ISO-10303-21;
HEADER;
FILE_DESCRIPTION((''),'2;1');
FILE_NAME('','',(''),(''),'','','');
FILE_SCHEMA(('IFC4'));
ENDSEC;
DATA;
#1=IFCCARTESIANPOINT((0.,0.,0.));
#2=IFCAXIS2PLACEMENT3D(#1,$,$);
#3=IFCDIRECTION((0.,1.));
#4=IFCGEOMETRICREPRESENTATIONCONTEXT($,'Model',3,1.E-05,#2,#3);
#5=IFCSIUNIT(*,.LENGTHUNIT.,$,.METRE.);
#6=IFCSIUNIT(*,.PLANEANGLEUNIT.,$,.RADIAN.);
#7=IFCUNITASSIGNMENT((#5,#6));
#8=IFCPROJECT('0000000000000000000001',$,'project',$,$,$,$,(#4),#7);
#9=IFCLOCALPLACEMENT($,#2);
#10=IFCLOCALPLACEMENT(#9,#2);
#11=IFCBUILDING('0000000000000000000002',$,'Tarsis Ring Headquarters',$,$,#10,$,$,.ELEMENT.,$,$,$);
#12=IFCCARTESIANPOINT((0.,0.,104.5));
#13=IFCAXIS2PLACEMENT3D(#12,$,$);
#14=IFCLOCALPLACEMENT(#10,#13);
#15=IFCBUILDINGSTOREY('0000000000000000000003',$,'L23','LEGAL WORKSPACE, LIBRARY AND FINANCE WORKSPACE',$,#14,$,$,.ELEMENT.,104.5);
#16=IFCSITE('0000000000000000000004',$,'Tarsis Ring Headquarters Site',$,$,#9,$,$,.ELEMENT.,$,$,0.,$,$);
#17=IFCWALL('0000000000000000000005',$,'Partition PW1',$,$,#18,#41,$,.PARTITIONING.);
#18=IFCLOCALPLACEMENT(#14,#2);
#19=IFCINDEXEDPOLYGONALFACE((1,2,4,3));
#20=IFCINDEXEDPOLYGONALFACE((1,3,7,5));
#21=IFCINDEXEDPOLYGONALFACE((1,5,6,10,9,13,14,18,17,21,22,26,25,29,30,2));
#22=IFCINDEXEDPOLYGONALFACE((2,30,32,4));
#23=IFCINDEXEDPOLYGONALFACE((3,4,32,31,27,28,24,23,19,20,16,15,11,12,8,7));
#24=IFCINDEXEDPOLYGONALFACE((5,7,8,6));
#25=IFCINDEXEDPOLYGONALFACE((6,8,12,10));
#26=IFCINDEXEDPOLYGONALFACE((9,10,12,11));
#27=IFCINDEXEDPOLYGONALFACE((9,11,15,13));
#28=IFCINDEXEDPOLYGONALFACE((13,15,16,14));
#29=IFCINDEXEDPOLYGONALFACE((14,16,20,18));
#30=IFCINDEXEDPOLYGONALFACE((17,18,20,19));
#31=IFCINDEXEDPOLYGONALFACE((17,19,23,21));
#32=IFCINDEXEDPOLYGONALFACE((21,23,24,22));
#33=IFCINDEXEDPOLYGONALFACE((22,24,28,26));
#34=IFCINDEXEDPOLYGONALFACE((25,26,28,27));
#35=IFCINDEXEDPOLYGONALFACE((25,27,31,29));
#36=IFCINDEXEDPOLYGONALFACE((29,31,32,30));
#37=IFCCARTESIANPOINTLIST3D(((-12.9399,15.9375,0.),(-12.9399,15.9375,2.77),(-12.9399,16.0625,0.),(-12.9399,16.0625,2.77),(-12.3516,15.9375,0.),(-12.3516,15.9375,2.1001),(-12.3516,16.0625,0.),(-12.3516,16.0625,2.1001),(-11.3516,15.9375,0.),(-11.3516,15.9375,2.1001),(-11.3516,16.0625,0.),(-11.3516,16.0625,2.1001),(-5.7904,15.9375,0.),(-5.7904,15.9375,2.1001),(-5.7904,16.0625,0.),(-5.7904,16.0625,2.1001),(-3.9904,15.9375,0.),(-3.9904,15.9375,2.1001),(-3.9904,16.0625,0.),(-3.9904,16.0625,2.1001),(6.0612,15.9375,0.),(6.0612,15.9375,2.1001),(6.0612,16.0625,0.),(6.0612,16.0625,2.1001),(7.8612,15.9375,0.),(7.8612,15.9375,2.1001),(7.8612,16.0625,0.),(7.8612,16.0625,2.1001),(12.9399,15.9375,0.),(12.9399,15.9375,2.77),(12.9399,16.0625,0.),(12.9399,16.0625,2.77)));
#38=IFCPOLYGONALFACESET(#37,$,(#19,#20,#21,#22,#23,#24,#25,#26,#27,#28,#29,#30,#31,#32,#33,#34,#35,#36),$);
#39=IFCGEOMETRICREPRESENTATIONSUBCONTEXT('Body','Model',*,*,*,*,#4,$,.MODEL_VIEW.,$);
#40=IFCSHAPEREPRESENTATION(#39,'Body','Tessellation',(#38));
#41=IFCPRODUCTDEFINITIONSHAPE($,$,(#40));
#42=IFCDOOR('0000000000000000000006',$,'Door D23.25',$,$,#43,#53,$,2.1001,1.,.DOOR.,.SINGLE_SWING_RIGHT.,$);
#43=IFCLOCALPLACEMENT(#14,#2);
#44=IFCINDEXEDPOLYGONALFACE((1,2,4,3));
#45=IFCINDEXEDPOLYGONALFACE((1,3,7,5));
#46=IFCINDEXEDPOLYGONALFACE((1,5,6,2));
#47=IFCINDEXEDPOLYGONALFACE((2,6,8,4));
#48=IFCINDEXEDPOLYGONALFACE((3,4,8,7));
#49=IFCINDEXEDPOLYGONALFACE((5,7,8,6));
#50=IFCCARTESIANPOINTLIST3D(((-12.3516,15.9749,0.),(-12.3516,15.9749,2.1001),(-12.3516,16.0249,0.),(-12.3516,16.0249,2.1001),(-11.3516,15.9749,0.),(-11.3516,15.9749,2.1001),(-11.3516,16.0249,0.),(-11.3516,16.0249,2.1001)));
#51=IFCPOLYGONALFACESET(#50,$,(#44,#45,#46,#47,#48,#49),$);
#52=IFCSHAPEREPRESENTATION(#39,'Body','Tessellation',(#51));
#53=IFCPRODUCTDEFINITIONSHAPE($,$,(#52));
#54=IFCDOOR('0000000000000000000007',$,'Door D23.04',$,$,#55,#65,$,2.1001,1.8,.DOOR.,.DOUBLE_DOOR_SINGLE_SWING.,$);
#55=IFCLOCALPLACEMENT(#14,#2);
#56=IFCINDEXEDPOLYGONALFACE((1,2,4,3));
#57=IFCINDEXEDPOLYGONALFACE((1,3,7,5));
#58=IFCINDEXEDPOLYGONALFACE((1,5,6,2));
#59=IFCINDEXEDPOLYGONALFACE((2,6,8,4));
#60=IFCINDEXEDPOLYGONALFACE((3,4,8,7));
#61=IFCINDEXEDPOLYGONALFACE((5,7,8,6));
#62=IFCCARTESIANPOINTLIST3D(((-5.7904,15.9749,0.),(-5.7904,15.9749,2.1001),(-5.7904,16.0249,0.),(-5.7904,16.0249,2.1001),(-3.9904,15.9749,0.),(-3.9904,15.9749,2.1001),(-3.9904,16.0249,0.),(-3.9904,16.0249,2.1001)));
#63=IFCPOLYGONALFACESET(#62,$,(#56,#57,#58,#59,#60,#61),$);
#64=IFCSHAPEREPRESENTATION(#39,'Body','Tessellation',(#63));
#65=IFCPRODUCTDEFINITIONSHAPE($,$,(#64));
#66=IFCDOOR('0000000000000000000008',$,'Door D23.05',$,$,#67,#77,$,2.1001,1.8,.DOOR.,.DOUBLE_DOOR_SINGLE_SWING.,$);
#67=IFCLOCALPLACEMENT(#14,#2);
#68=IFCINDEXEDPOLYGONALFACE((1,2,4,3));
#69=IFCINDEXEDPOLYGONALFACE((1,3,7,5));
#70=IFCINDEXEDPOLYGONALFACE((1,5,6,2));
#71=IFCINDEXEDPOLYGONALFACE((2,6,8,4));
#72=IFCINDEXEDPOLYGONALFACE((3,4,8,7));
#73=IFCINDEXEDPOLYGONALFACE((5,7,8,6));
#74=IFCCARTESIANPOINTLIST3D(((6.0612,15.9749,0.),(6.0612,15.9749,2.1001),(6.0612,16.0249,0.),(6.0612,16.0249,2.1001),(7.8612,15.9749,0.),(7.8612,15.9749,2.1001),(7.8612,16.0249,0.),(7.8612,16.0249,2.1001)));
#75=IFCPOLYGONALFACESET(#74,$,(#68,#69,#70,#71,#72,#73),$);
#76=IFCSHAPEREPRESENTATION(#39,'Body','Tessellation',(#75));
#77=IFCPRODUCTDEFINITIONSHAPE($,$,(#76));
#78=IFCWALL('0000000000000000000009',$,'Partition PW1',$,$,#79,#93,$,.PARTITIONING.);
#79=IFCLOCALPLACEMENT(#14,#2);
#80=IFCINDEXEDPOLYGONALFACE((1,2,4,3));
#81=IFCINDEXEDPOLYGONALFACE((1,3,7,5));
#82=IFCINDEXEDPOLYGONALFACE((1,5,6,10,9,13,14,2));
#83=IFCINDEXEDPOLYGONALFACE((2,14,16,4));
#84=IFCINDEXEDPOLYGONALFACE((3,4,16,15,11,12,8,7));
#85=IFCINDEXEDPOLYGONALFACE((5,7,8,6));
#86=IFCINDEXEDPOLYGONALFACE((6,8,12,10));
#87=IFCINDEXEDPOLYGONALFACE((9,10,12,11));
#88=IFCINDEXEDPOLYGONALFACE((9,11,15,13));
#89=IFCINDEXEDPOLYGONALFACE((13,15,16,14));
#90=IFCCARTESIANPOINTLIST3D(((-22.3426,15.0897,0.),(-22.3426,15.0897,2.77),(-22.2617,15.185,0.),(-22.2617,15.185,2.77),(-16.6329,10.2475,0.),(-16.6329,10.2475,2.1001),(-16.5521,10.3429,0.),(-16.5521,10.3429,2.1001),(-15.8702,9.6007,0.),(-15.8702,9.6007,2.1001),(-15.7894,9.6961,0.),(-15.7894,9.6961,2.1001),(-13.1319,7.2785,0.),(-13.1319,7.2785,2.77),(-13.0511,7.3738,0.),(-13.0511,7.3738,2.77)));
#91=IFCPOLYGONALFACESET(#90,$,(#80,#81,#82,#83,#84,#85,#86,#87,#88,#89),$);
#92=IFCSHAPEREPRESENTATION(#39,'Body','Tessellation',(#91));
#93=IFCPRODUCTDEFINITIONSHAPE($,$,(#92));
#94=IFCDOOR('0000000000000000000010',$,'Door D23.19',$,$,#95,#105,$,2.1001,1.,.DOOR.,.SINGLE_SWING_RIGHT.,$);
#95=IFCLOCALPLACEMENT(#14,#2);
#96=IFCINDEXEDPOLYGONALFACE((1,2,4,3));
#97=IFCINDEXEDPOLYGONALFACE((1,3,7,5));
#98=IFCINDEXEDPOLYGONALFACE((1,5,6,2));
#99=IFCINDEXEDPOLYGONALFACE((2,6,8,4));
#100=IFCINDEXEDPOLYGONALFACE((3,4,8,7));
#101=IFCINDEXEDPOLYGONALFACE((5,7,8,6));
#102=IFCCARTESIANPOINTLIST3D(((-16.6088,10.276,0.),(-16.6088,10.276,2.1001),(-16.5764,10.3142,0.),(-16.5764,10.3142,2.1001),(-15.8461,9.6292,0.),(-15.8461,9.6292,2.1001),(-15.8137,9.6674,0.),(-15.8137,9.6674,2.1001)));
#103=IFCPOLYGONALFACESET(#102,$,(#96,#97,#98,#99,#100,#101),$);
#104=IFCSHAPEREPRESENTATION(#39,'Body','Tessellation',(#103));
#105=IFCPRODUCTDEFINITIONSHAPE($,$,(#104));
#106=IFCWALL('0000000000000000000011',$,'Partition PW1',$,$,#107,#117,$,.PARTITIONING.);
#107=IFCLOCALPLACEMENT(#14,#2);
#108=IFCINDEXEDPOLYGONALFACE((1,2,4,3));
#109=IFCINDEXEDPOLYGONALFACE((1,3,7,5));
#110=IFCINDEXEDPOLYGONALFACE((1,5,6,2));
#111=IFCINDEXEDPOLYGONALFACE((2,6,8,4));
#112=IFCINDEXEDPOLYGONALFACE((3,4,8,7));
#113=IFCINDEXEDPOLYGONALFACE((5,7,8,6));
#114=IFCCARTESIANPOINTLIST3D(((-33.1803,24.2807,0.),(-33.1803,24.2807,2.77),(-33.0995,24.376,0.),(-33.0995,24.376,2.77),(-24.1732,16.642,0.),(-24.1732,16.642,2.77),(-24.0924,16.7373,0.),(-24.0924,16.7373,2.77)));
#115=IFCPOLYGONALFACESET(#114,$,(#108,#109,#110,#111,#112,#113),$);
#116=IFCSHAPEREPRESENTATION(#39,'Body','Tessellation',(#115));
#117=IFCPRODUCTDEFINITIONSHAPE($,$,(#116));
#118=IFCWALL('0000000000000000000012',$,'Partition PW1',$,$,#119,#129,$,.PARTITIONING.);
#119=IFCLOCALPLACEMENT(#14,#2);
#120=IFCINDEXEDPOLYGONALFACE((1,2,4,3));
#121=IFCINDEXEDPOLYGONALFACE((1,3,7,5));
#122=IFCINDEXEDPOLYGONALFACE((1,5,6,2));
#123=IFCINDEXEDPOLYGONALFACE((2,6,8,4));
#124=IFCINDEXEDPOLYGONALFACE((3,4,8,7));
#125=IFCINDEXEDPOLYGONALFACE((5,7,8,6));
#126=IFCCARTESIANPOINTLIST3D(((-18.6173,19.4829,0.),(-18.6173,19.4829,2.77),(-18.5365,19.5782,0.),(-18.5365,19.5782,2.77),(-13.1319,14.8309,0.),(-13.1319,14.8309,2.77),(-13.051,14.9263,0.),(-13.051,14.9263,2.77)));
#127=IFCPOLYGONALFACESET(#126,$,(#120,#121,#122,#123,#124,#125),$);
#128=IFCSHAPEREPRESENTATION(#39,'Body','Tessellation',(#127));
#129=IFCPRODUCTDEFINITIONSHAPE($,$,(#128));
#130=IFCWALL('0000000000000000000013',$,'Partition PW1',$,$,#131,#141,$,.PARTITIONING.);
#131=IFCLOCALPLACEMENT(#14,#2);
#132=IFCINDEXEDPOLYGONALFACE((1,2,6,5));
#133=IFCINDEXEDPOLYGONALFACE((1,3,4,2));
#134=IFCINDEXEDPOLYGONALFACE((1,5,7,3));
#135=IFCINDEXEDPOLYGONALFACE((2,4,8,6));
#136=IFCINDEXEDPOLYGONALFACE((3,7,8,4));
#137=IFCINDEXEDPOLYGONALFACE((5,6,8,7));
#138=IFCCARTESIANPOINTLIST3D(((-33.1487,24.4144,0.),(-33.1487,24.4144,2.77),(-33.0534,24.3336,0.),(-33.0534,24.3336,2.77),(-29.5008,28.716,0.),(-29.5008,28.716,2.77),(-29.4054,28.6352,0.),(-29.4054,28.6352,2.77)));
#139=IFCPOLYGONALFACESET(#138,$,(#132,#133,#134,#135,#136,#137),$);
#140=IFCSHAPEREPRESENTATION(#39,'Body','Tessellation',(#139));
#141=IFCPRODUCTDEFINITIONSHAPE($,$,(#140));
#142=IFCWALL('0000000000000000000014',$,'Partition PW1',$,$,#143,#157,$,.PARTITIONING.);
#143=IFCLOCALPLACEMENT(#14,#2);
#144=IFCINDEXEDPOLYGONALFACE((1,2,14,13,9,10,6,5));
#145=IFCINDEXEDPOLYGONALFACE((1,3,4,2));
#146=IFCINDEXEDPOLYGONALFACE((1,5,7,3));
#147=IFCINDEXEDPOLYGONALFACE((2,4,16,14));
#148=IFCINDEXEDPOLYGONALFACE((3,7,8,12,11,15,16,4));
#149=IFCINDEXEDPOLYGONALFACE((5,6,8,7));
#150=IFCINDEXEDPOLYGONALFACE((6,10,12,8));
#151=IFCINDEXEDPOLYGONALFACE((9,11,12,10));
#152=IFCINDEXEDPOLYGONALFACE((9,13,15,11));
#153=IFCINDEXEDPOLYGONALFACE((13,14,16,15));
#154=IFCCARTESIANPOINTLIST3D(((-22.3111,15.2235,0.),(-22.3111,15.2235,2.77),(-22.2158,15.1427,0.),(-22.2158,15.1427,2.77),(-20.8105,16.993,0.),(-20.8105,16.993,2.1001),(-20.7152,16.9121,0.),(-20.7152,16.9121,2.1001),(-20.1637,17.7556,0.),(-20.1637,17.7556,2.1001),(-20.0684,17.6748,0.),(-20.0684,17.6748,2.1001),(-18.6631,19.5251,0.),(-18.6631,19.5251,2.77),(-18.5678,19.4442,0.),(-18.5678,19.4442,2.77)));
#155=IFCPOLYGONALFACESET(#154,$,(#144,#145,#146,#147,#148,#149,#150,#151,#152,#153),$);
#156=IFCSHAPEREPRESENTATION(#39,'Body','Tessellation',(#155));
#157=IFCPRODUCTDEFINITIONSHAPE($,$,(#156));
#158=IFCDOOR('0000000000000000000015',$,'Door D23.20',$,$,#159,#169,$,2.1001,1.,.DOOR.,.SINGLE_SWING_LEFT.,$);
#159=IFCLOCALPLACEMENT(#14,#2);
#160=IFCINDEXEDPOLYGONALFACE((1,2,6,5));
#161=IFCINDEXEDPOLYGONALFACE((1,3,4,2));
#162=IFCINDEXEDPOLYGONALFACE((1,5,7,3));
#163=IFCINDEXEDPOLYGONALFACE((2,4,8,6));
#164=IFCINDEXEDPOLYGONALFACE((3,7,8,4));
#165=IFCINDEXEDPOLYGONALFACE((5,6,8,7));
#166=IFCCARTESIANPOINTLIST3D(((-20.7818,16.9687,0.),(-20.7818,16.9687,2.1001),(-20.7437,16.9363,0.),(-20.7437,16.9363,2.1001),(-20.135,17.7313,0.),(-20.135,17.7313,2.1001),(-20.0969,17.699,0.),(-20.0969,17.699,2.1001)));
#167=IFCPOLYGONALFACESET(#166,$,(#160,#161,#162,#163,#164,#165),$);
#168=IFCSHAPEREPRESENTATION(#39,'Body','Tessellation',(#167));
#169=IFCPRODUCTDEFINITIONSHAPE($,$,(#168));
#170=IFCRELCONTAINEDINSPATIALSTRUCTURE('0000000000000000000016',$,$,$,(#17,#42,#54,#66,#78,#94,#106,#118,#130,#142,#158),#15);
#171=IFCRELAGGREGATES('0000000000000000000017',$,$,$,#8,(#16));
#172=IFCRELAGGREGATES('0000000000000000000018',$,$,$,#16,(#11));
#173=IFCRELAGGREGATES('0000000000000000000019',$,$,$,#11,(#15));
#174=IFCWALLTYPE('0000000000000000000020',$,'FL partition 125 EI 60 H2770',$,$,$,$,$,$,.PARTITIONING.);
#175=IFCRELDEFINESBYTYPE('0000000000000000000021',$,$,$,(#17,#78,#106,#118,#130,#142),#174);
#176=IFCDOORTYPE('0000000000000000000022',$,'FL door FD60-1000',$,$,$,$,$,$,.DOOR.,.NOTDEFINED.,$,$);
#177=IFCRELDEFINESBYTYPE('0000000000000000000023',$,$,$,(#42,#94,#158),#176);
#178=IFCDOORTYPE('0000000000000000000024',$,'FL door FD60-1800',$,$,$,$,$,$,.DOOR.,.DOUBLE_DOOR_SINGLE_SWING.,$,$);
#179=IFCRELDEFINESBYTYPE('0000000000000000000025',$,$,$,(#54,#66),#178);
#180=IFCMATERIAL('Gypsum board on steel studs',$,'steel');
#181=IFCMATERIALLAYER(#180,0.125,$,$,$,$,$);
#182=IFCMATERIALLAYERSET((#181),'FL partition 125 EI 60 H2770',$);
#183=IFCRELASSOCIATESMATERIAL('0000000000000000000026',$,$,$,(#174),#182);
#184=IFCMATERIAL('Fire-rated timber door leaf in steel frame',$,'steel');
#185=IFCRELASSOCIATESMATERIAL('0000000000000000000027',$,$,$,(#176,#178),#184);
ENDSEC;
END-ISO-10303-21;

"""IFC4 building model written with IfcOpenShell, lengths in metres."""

from ifc_helpers import new_model, si_unit, direction, frame, frame_2d, origin, place, context, subcontext, project, spatial, rectangle, extrude, material, layer, layer_set, type_object, element, fill, save


model = new_model("IFC4")

# Units and contexts
model_context = context("Model", 3, precision=1e-05, world=origin(), true_north=direction((0.0, 1.0)))
body_context = subcontext(model_context, "Body", "Model", "MODEL_VIEW")
ifc_project = project(units=[si_unit("LENGTHUNIT", "METRE"), si_unit("PLANEANGLEUNIT", "RADIAN")], contexts=[model_context])

# Site, building, storey
site_placement = place(None, origin())
site = spatial("IfcSite", under=ifc_project, at=site_placement, Name="Tarsis Ring Headquarters Site", CompositionType="ELEMENT", RefElevation=0.0)
building_placement = place(site_placement, origin())
building = spatial("IfcBuilding", under=site, at=building_placement, Name="Tarsis Ring Headquarters", CompositionType="ELEMENT")
storey_placement = place(building_placement, frame((0.0, 0.0, 104.5)))
storey = spatial("IfcBuildingStorey", under=building, at=storey_placement, Name="L23", Description="LEGAL WORKSPACE, LIBRARY AND FINANCE WORKSPACE", CompositionType="ELEMENT", Elevation=104.5)

# Shared definitions
ifc_material_1 = material(Name="Gypsum board on steel studs", Category="steel")

# Wall, openings, doors
ifc_layer_1 = layer(ifc_material_1, 0.125)
ifc_layer_set_1 = layer_set([ifc_layer_1], Name="FL partition 125 EI 60 H2770")
wall_type_1 = type_object("IfcWallType", Name="FL partition 125 EI 60 H2770", PredefinedType="PARTITIONING", material=ifc_layer_set_1)
wall_1_placement = place(storey_placement, frame((-12.9399, 16.0, 0.0), z_axis=(0.0, 0.0, 1.0), x_axis=(1.0, 0.0, 0.0)))
wall_1 = element("IfcWall", 1, at=wall_1_placement, inside=storey, type_object=wall_type_1, Name="Partition PW1", PredefinedType="PARTITIONING", context=body_context, shape_type="SweptSolid", body=[
    extrude(rectangle(XDim=25.8799, YDim=0.125, at=frame_2d((12.9399, 0.0))), origin(), (0.0, 0.0, 1.0), 2.77),
])
opening_1_placement = place(wall_1_placement, frame((7.1497, 0.0, 0.0)))
opening_1 = element("IfcOpeningElement", 2, at=opening_1_placement, cuts=wall_1, PredefinedType="OPENING", context=body_context, shape_type="SweptSolid", body=[
    extrude(rectangle(XDim=1.8, YDim=2.1001, at=frame_2d((0.8999, 1.05))), frame((0.0, 0.0725, 0.0), z_axis=(0.0, -1.0, 0.0), x_axis=(1.0, 0.0, 0.0)), (0.0, 0.0, 1.0), 0.145),
])
opening_2_placement = place(wall_1_placement, frame((19.0012, 0.0, 0.0)))
opening_2 = element("IfcOpeningElement", 3, at=opening_2_placement, cuts=wall_1, PredefinedType="OPENING", context=body_context, shape_type="SweptSolid", body=[
    extrude(rectangle(XDim=1.8, YDim=2.1001, at=frame_2d((0.8999, 1.05))), frame((0.0, 0.0725, 0.0), z_axis=(0.0, -1.0, 0.0), x_axis=(1.0, 0.0, 0.0)), (0.0, 0.0, 1.0), 0.145),
])
opening_3_placement = place(wall_1_placement, frame((0.5884, 0.0, 0.0)))
opening_3 = element("IfcOpeningElement", 4, at=opening_3_placement, cuts=wall_1, PredefinedType="OPENING", context=body_context, shape_type="SweptSolid", body=[
    extrude(rectangle(XDim=1.0, YDim=2.1001, at=frame_2d((0.5, 1.05))), frame((0.0, 0.0725, 0.0), z_axis=(0.0, -1.0, 0.0), x_axis=(1.0, 0.0, 0.0)), (0.0, 0.0, 1.0), 0.145),
])
ifc_material_2 = material(Name="Fire-rated timber door leaf in steel frame", Category="steel")
door_type_1 = type_object("IfcDoorType", Name="FL door FD60-1000", OperationType="NOTDEFINED", PredefinedType="DOOR", material=ifc_material_2)
door_1_placement = place(opening_3_placement, origin())
door_1 = element("IfcDoor", 5, at=door_1_placement, inside=storey, type_object=door_type_1, Name="Door D23.25", OperationType="SINGLE_SWING_RIGHT", OverallHeight=2.1001, OverallWidth=1.0, PredefinedType="DOOR", context=body_context, shape_type="SweptSolid", body=[
    extrude(rectangle(XDim=1.0, YDim=2.1001, at=frame_2d((0.5, 1.05))), frame((0.0, 0.0249, 0.0), z_axis=(0.0, -1.0, 0.0), x_axis=(1.0, 0.0, 0.0)), (0.0, 0.0, 1.0), 0.05),
])
fill(opening_3, door_1)
door_type_2 = type_object("IfcDoorType", Name="FL door FD60-1800", OperationType="DOUBLE_DOOR_SINGLE_SWING", PredefinedType="DOOR", material=ifc_material_2)
door_2_placement = place(opening_1_placement, origin())
door_2 = element("IfcDoor", 6, at=door_2_placement, inside=storey, type_object=door_type_2, Name="Door D23.04", OperationType="DOUBLE_DOOR_SINGLE_SWING", OverallHeight=2.1001, OverallWidth=1.8, PredefinedType="DOOR", context=body_context, shape_type="SweptSolid", body=[
    extrude(rectangle(XDim=1.8, YDim=2.1001, at=frame_2d((0.8999, 1.05))), frame((0.0, 0.0249, 0.0), z_axis=(0.0, -1.0, 0.0), x_axis=(1.0, 0.0, 0.0)), (0.0, 0.0, 1.0), 0.05),
])
fill(opening_1, door_2)
door_3_placement = place(opening_2_placement, origin())
door_3 = element("IfcDoor", 7, at=door_3_placement, inside=storey, type_object=door_type_2, Name="Door D23.05", OperationType="DOUBLE_DOOR_SINGLE_SWING", OverallHeight=2.1001, OverallWidth=1.8, PredefinedType="DOOR", context=body_context, shape_type="SweptSolid", body=[
    extrude(rectangle(XDim=1.8, YDim=2.1001, at=frame_2d((0.8999, 1.05))), frame((0.0, 0.0249, 0.0), z_axis=(0.0, -1.0, 0.0), x_axis=(1.0, 0.0, 0.0)), (0.0, 0.0, 1.0), 0.05),
])
fill(opening_2, door_3)

# Wall, opening, door
wall_2_placement = place(storey_placement, frame((-22.3022, 15.1375, 0.0), z_axis=(0.0, 0.0, 1.0), x_axis=(0.762667, -0.646792, 0.0)))
wall_2 = element("IfcWall", 8, at=wall_2_placement, inside=storey, type_object=wall_type_1, Name="Partition PW1", PredefinedType="PARTITIONING", context=body_context, shape_type="SweptSolid", body=[
    extrude(rectangle(XDim=12.0769, YDim=0.125, at=frame_2d((6.0386, 0.0))), origin(), (0.0, 0.0, 1.0), 2.77),
])
opening_4_placement = place(wall_2_placement, frame((7.4866, 0.0, 0.0)))
opening_4 = element("IfcOpeningElement", 9, at=opening_4_placement, cuts=wall_2, PredefinedType="OPENING", context=body_context, shape_type="SweptSolid", body=[
    extrude(rectangle(XDim=1.0, YDim=2.1001, at=frame_2d((0.5, 1.05))), frame((0.0, 0.0725, 0.0), z_axis=(0.0, -1.0, 0.0), x_axis=(1.0, 0.0, 0.0)), (0.0, 0.0, 1.0), 0.145),
])
door_4_placement = place(opening_4_placement, origin())
door_4 = element("IfcDoor", 10, at=door_4_placement, inside=storey, type_object=door_type_1, Name="Door D23.19", OperationType="SINGLE_SWING_RIGHT", OverallHeight=2.1001, OverallWidth=1.0, PredefinedType="DOOR", context=body_context, shape_type="SweptSolid", body=[
    extrude(rectangle(XDim=1.0, YDim=2.1001, at=frame_2d((0.5, 1.05))), frame((0.0, 0.0249, 0.0), z_axis=(0.0, -1.0, 0.0), x_axis=(1.0, 0.0, 0.0)), (0.0, 0.0, 1.0), 0.05),
])
fill(opening_4, door_4)

# Walls
wall_3_placement = place(storey_placement, frame((-33.1399, 24.3284, 0.0), z_axis=(0.0, 0.0, 1.0), x_axis=(0.762664, -0.646795, 0.0)))
element("IfcWall", 11, at=wall_3_placement, inside=storey, type_object=wall_type_1, Name="Partition PW1", PredefinedType="PARTITIONING", context=body_context, shape_type="SweptSolid", body=[
    extrude(rectangle(XDim=11.8101, YDim=0.125, at=frame_2d((5.905, 0.0))), origin(), (0.0, 0.0, 1.0), 2.77),
])
wall_4_placement = place(storey_placement, frame((-18.5769, 19.5305, 0.0), z_axis=(0.0, 0.0, 1.0), x_axis=(0.762673, -0.646785, 0.0)))
element("IfcWall", 12, at=wall_4_placement, inside=storey, type_object=wall_type_1, Name="Partition PW1", PredefinedType="PARTITIONING", context=body_context, shape_type="SweptSolid", body=[
    extrude(rectangle(XDim=7.1924, YDim=0.125, at=frame_2d((3.5962, 0.0))), origin(), (0.0, 0.0, 1.0), 2.77),
])
wall_5_placement = place(storey_placement, frame((-33.1011, 24.374, 0.0), z_axis=(0.0, 0.0, 1.0), x_axis=(0.64679, 0.762668, 0.0)))
element("IfcWall", 13, at=wall_5_placement, inside=storey, type_object=wall_type_1, Name="Partition PW1", PredefinedType="PARTITIONING", context=body_context, shape_type="SweptSolid", body=[
    extrude(rectangle(XDim=5.6401, YDim=0.125, at=frame_2d((2.8201, 0.0))), origin(), (0.0, 0.0, 1.0), 2.77),
])

# Wall, opening, door
wall_6_placement = place(storey_placement, frame((-22.2634, 15.1831, 0.0), z_axis=(0.0, 0.0, 1.0), x_axis=(0.64679, 0.762668, 0.0)))
wall_6 = element("IfcWall", 14, at=wall_6_placement, inside=storey, type_object=wall_type_1, Name="Partition PW1", PredefinedType="PARTITIONING", context=body_context, shape_type="SweptSolid", body=[
    extrude(rectangle(XDim=5.6401, YDim=0.125, at=frame_2d((2.8201, 0.0))), origin(), (0.0, 0.0, 1.0), 2.77),
])
opening_5_placement = place(wall_6_placement, frame((2.3201, 0.0, 0.0)))
opening_5 = element("IfcOpeningElement", 15, at=opening_5_placement, cuts=wall_6, PredefinedType="OPENING", context=body_context, shape_type="SweptSolid", body=[
    extrude(rectangle(XDim=1.0, YDim=2.1001, at=frame_2d((0.5, 1.05))), frame((0.0, 0.0725, 0.0), z_axis=(0.0, -1.0, 0.0), x_axis=(1.0, 0.0, 0.0)), (0.0, 0.0, 1.0), 0.145),
])
door_5_placement = place(opening_5_placement, origin())
door_5 = element("IfcDoor", 16, at=door_5_placement, inside=storey, type_object=door_type_1, Name="Door D23.20", OperationType="SINGLE_SWING_LEFT", OverallHeight=2.1001, OverallWidth=1.0, PredefinedType="DOOR", context=body_context, shape_type="SweptSolid", body=[
    extrude(rectangle(XDim=1.0, YDim=2.1001, at=frame_2d((0.5, 1.05))), frame((0.0, 0.0249, 0.0), z_axis=(0.0, -1.0, 0.0), x_axis=(1.0, 0.0, 0.0)), (0.0, 0.0, 1.0), 0.05),
])
fill(opening_5, door_5)

save(model, "model.ifc")
